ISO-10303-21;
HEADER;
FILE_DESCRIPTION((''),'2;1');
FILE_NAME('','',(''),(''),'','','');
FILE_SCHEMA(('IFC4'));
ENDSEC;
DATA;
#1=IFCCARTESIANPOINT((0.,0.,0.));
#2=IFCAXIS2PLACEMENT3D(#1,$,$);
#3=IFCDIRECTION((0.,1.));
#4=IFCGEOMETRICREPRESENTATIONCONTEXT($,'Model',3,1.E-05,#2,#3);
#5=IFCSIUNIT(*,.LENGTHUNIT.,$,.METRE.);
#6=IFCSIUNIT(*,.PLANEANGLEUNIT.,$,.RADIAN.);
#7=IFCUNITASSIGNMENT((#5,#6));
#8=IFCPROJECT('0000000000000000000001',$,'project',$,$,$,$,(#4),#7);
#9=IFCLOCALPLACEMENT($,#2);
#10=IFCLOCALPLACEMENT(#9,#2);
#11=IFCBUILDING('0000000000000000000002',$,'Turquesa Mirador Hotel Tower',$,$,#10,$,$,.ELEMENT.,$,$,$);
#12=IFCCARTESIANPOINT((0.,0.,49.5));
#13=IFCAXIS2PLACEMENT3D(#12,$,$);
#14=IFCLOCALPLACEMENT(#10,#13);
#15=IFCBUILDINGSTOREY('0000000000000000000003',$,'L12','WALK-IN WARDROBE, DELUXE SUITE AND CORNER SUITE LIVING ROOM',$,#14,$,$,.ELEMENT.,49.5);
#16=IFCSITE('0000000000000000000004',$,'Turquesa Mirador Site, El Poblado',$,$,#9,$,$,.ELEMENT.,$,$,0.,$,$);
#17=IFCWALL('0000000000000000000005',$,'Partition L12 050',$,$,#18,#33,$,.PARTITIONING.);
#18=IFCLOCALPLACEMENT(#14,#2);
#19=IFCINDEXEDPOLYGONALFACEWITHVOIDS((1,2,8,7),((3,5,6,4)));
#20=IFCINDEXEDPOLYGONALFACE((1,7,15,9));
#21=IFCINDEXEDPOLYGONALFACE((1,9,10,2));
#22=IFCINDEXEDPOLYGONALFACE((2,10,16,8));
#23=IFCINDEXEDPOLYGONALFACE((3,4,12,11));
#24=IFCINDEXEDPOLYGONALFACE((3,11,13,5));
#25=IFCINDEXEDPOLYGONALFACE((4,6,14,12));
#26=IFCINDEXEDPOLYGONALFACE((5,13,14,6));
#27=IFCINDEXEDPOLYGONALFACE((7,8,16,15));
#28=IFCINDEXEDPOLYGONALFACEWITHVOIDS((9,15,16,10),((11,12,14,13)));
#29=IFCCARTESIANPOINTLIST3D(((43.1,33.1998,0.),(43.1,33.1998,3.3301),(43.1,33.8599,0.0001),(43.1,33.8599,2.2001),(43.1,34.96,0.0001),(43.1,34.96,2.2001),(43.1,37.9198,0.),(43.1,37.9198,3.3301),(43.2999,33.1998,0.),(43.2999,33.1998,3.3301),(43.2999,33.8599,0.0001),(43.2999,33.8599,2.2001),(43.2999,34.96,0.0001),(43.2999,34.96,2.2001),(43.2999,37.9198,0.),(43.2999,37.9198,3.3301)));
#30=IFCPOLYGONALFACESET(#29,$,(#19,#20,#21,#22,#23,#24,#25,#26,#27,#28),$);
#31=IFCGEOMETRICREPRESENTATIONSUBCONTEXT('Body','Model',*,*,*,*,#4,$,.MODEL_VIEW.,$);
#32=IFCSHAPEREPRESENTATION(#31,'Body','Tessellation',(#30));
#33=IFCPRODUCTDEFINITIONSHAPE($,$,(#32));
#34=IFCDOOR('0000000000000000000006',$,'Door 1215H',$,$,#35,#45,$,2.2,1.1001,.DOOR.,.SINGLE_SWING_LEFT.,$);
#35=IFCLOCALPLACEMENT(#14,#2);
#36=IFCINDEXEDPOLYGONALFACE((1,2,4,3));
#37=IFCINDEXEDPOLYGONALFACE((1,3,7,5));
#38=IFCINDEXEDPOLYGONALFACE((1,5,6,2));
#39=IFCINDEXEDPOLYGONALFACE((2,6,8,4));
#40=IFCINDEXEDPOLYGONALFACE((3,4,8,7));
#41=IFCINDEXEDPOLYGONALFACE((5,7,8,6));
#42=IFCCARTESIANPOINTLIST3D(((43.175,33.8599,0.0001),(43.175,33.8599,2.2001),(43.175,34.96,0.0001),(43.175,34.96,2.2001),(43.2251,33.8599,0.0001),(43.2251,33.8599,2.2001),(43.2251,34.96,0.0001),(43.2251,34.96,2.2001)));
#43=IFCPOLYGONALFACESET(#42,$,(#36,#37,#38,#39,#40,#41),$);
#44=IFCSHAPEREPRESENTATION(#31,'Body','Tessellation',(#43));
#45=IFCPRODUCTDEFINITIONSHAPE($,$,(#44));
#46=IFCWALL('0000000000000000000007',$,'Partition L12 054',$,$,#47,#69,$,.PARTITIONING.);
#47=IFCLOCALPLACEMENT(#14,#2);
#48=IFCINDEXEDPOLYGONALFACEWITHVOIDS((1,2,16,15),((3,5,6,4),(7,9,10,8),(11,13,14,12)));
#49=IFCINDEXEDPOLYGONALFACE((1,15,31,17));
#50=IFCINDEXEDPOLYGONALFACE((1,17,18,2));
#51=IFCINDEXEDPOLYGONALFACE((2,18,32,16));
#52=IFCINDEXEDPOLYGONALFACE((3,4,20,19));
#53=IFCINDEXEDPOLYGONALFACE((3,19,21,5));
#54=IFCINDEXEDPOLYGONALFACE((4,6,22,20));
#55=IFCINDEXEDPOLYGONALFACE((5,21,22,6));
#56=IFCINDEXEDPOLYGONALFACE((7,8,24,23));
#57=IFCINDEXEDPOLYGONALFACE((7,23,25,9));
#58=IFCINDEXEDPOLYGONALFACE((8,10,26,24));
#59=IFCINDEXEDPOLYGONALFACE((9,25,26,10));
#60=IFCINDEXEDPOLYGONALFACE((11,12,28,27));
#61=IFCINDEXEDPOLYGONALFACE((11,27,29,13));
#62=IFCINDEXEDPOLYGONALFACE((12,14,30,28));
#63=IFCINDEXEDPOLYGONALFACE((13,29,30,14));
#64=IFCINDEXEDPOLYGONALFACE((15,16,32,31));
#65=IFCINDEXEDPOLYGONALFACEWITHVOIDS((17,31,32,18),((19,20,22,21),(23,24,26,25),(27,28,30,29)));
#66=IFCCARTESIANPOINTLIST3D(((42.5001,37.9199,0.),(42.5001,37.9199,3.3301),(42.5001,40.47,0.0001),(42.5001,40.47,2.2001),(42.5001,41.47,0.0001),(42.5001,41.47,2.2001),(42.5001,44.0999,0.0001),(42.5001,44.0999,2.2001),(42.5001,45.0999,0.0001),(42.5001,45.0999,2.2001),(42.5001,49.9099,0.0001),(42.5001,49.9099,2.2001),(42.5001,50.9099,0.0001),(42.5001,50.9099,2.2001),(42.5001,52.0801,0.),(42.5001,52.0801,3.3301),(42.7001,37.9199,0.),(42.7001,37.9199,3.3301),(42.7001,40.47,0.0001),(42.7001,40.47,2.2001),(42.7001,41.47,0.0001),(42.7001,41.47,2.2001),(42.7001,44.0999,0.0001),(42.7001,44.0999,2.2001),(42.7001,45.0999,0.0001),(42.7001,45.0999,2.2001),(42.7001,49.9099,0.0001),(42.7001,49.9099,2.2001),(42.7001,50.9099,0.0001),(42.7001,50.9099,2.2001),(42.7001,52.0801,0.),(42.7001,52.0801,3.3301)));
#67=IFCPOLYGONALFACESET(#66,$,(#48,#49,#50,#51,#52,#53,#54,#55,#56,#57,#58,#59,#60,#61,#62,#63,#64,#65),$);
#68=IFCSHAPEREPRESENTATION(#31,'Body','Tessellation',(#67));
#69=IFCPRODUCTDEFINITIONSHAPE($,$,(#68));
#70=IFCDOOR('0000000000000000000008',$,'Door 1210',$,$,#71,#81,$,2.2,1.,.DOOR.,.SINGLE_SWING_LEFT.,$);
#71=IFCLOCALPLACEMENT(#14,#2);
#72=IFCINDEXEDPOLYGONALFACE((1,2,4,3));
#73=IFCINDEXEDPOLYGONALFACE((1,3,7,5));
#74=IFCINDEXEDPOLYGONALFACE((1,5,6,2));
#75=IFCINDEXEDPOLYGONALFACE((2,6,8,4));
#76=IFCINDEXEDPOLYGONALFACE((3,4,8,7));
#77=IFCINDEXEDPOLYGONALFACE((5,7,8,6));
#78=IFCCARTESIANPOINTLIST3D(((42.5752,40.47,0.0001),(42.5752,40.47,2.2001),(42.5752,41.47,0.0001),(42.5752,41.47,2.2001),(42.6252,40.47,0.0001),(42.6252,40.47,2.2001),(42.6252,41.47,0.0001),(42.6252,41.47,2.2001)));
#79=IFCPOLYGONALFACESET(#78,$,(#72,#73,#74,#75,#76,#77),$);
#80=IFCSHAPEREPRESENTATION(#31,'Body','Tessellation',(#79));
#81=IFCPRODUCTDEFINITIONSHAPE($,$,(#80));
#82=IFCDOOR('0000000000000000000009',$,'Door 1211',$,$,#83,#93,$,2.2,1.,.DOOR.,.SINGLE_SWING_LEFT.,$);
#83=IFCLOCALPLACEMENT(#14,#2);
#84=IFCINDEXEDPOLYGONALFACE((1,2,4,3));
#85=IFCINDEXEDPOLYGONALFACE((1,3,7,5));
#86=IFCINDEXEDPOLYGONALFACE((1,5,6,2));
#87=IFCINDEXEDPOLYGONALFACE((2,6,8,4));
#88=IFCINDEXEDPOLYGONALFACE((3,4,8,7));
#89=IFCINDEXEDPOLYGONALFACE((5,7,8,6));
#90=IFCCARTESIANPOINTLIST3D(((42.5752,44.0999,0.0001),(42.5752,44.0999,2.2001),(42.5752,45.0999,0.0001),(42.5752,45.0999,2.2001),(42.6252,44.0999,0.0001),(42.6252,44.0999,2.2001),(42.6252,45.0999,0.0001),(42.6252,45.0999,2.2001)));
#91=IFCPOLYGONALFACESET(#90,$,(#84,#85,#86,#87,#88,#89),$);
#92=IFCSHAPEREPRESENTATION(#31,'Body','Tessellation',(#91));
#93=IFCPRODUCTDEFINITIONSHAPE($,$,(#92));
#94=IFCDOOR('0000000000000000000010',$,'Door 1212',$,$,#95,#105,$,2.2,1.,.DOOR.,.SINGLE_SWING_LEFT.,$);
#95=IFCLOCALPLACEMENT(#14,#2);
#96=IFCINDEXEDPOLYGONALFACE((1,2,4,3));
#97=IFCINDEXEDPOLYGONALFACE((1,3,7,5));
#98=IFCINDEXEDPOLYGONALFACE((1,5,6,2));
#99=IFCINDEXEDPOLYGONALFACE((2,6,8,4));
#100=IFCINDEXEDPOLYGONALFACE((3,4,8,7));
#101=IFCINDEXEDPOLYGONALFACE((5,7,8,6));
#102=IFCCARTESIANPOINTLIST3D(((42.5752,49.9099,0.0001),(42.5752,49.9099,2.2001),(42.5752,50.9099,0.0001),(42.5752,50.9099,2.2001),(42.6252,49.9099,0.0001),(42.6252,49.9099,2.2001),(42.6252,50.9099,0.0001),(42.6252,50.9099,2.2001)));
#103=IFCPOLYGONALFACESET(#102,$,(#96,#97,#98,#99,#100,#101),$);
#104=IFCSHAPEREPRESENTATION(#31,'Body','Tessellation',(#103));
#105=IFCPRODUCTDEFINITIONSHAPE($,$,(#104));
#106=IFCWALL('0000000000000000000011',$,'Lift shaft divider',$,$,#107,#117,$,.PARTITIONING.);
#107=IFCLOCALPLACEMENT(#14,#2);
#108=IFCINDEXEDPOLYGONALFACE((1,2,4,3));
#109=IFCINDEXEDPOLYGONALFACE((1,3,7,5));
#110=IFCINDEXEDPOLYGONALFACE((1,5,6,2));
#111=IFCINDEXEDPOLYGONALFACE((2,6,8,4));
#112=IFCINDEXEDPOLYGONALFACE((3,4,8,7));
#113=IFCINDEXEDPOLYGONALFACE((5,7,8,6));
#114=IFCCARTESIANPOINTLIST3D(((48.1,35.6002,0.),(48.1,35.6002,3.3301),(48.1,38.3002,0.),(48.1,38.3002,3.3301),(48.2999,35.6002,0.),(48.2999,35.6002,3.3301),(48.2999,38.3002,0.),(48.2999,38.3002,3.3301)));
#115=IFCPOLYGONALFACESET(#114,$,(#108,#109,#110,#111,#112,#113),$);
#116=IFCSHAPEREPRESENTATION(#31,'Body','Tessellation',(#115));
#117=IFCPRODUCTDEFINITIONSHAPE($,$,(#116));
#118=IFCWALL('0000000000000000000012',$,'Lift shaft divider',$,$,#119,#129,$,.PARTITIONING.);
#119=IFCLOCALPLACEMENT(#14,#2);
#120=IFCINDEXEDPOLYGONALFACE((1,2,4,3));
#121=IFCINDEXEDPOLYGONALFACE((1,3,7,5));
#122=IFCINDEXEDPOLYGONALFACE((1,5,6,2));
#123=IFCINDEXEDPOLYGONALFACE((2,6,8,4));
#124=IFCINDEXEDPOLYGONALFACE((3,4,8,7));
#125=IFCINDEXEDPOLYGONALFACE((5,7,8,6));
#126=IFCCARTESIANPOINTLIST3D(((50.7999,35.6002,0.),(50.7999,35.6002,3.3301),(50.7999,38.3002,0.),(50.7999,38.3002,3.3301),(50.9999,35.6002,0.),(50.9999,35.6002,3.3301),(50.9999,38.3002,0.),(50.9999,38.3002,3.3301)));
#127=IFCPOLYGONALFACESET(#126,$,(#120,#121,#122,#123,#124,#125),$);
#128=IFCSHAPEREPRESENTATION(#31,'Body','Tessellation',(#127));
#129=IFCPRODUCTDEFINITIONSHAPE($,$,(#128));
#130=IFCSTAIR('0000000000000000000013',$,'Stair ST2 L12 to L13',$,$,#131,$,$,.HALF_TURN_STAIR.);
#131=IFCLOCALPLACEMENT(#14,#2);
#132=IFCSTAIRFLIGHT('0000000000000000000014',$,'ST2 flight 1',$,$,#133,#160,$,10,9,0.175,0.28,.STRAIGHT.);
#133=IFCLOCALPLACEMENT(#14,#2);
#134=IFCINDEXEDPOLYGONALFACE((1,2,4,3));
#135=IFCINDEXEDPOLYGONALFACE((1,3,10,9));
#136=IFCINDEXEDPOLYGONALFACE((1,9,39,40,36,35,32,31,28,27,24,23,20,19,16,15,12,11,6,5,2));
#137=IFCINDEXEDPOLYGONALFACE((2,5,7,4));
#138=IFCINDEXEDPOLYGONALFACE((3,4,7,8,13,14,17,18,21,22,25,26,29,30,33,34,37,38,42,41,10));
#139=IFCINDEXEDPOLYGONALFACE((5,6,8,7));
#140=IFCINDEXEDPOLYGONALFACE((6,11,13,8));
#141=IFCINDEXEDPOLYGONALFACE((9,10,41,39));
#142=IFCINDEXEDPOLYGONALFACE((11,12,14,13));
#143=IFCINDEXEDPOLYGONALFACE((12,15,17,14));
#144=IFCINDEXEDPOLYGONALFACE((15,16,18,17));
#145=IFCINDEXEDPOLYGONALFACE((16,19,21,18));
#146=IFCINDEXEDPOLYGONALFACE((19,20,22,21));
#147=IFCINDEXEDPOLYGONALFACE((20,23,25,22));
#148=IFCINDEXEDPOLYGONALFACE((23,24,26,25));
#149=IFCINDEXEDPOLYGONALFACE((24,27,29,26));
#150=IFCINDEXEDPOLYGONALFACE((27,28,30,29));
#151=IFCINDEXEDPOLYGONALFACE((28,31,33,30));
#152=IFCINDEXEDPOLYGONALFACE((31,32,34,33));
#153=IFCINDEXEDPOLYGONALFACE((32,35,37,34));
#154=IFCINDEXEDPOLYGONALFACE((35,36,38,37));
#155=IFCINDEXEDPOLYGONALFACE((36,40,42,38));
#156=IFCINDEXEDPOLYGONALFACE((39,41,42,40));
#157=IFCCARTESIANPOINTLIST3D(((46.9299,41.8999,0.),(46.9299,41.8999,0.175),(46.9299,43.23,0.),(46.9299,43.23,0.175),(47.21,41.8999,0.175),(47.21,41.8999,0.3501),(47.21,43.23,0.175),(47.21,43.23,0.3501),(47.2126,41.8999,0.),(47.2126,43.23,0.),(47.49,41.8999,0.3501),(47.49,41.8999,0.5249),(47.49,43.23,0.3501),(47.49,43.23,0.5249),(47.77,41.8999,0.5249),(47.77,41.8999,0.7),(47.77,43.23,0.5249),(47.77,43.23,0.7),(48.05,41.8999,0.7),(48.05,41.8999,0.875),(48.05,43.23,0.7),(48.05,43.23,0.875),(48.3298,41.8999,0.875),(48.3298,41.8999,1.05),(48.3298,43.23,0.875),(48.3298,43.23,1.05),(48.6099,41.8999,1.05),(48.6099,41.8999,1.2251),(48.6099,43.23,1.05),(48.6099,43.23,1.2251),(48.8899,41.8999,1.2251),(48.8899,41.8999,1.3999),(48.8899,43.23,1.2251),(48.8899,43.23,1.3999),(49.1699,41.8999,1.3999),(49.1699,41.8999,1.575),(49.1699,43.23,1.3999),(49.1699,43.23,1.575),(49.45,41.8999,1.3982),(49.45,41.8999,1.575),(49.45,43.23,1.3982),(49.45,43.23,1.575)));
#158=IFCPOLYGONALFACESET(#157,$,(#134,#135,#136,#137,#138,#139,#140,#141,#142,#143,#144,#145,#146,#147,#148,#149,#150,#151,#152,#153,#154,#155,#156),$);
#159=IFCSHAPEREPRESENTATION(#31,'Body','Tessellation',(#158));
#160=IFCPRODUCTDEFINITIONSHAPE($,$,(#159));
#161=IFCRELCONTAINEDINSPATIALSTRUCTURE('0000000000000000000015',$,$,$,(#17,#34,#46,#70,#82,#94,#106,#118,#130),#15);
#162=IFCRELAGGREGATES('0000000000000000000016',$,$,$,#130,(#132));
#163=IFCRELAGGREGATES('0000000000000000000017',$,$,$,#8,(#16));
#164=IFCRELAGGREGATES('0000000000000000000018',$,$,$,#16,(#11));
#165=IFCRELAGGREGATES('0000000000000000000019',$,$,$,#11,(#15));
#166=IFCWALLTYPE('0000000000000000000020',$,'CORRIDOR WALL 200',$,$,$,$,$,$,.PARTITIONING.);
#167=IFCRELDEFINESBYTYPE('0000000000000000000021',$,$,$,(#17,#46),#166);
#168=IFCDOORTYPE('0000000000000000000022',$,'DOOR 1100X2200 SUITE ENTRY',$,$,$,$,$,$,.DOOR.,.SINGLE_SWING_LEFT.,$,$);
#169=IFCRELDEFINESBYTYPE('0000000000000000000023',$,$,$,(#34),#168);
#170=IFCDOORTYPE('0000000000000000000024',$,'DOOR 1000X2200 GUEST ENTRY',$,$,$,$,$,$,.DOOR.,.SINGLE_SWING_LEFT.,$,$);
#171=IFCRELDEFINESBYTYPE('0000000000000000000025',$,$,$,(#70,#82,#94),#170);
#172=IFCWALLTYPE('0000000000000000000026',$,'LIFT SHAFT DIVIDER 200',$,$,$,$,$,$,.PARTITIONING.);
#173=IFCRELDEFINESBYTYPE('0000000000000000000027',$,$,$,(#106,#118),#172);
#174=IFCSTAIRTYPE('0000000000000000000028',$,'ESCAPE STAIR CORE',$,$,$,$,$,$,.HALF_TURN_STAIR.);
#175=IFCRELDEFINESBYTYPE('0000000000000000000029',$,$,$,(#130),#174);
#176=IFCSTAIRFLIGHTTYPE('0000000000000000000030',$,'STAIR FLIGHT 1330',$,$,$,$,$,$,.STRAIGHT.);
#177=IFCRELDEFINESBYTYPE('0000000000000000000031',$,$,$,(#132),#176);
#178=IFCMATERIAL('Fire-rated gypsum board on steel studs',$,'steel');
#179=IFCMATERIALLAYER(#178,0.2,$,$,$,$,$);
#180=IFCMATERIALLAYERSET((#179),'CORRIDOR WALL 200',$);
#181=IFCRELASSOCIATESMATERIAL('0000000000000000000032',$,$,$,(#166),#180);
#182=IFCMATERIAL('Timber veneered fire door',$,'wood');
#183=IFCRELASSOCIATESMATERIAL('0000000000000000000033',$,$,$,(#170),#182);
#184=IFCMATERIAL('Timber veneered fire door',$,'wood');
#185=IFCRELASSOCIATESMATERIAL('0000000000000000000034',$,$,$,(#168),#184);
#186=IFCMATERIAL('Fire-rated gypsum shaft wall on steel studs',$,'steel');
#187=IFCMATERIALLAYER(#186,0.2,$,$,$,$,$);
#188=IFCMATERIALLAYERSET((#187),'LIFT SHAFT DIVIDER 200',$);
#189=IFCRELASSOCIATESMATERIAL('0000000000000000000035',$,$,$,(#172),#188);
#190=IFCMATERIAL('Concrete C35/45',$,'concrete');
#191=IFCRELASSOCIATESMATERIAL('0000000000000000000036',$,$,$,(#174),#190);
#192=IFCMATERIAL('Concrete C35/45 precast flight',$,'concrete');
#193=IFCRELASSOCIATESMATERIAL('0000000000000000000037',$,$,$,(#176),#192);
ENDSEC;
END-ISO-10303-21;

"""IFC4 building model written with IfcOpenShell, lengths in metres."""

from ifc_helpers import new_model, si_unit, direction, frame, frame_2d, origin, place, context, subcontext, project, spatial, polyline, rectangle, outline, extrude, material, layer, layer_set, type_object, element, fill, aggregate, save


model = new_model("IFC4")

# Units and contexts
model_context = context("Model", 3, precision=1e-05, world=origin(), true_north=direction((0.0, 1.0)))
body_context = subcontext(model_context, "Body", "Model", "MODEL_VIEW")
ifc_project = project(units=[si_unit("LENGTHUNIT", "METRE"), si_unit("PLANEANGLEUNIT", "RADIAN")], contexts=[model_context])

# Site, building, storey
site_placement = place(None, origin())
site = spatial("IfcSite", under=ifc_project, at=site_placement, Name="Turquesa Mirador Site, El Poblado", CompositionType="ELEMENT", RefElevation=0.0)
building_placement = place(site_placement, origin())
building = spatial("IfcBuilding", under=site, at=building_placement, Name="Turquesa Mirador Hotel Tower", CompositionType="ELEMENT")
storey_placement = place(building_placement, frame((0.0, 0.0, 49.5)))
storey = spatial("IfcBuildingStorey", under=building, at=storey_placement, Name="L12", Description="WALK-IN WARDROBE, DELUXE SUITE AND CORNER SUITE LIVING ROOM", CompositionType="ELEMENT", Elevation=49.5)

# Shared definitions
ifc_material_1 = material(Name="Fire-rated gypsum board on steel studs", Category="steel")
ifc_layer_1 = layer(ifc_material_1, 0.2)
ifc_layer_set_1 = layer_set([ifc_layer_1], Name="CORRIDOR WALL 200")
wall_type_1 = type_object("IfcWallType", Name="CORRIDOR WALL 200", PredefinedType="PARTITIONING", material=ifc_layer_set_1)
ifc_material_2 = material(Name="Timber veneered fire door", Category="wood")
door_type_1 = type_object("IfcDoorType", Name="DOOR 1000X2200 GUEST ENTRY", OperationType="SINGLE_SWING_LEFT", PredefinedType="DOOR", material=ifc_material_2)

# Wall, opening, door
wall_1_placement = place(storey_placement, frame((43.2, 33.2, 0.0), z_axis=(0.0, 0.0, 1.0), x_axis=(0.0, 1.0, 0.0)))
wall_1 = element("IfcWall", 1, at=wall_1_placement, inside=storey, type_object=wall_type_1, Name="Partition L12 050", PredefinedType="PARTITIONING", context=body_context, shape_type="SweptSolid", body=[
    extrude(rectangle(XDim=4.72, YDim=0.2, at=frame_2d((2.3599, 0.0))), origin(), (0.0, 0.0, 1.0), 3.3301),
])
opening_1_placement = place(wall_1_placement, frame((0.6599, 0.0, 0.0)))
opening_1 = element("IfcOpeningElement", 2, at=opening_1_placement, cuts=wall_1, PredefinedType="OPENING", context=body_context, shape_type="SweptSolid", body=[
    extrude(rectangle(XDim=1.1001, YDim=2.2, at=frame_2d((0.55, 1.1001))), frame((0.0, 0.1099, 0.0), z_axis=(0.0, -1.0, 0.0), x_axis=(1.0, 0.0, 0.0)), (0.0, 0.0, 1.0), 0.22),
])
ifc_material_3 = material(Name="Timber veneered fire door", Category="wood")
door_type_2 = type_object("IfcDoorType", Name="DOOR 1100X2200 SUITE ENTRY", OperationType="SINGLE_SWING_LEFT", PredefinedType="DOOR", material=ifc_material_3)
door_1_placement = place(opening_1_placement, origin())
door_1 = element("IfcDoor", 3, at=door_1_placement, inside=storey, type_object=door_type_2, Name="Door 1215H", OperationType="SINGLE_SWING_LEFT", OverallHeight=2.2, OverallWidth=1.1001, PredefinedType="DOOR", context=body_context, shape_type="SweptSolid", body=[
    extrude(rectangle(XDim=1.1001, YDim=2.2, at=frame_2d((0.55, 1.1001))), frame((0.0, 0.0249, 0.0), z_axis=(0.0, -1.0, 0.0), x_axis=(1.0, 0.0, 0.0)), (0.0, 0.0, 1.0), 0.05),
])
fill(opening_1, door_1)

# Wall, openings, doors
wall_2_placement = place(storey_placement, frame((42.6001, 37.9199, 0.0), z_axis=(0.0, 0.0, 1.0), x_axis=(0.0, 1.0, 0.0)))
wall_2 = element("IfcWall", 4, at=wall_2_placement, inside=storey, type_object=wall_type_1, Name="Partition L12 054", PredefinedType="PARTITIONING", context=body_context, shape_type="SweptSolid", body=[
    extrude(rectangle(XDim=14.1602, YDim=0.2, at=frame_2d((7.0801, 0.0))), origin(), (0.0, 0.0, 1.0), 3.3301),
])
opening_2_placement = place(wall_2_placement, frame((2.55, 0.0, 0.0)))
opening_2 = element("IfcOpeningElement", 5, at=opening_2_placement, cuts=wall_2, PredefinedType="OPENING", context=body_context, shape_type="SweptSolid", body=[
    extrude(rectangle(XDim=1.0, YDim=2.2, at=frame_2d((0.5, 1.1001))), frame((0.0, 0.1099, 0.0), z_axis=(0.0, -1.0, 0.0), x_axis=(1.0, 0.0, 0.0)), (0.0, 0.0, 1.0), 0.22),
])
opening_3_placement = place(wall_2_placement, frame((6.1799, 0.0, 0.0)))
opening_3 = element("IfcOpeningElement", 6, at=opening_3_placement, cuts=wall_2, PredefinedType="OPENING", context=body_context, shape_type="SweptSolid", body=[
    extrude(rectangle(XDim=1.0, YDim=2.2, at=frame_2d((0.5, 1.1001))), frame((0.0, 0.1099, 0.0), z_axis=(0.0, -1.0, 0.0), x_axis=(1.0, 0.0, 0.0)), (0.0, 0.0, 1.0), 0.22),
])
opening_4_placement = place(wall_2_placement, frame((11.99, 0.0, 0.0)))
opening_4 = element("IfcOpeningElement", 7, at=opening_4_placement, cuts=wall_2, PredefinedType="OPENING", context=body_context, shape_type="SweptSolid", body=[
    extrude(rectangle(XDim=1.0, YDim=2.2, at=frame_2d((0.5, 1.1001))), frame((0.0, 0.1099, 0.0), z_axis=(0.0, -1.0, 0.0), x_axis=(1.0, 0.0, 0.0)), (0.0, 0.0, 1.0), 0.22),
])
door_2_placement = place(opening_2_placement, origin())
door_2 = element("IfcDoor", 8, at=door_2_placement, inside=storey, type_object=door_type_1, Name="Door 1210", OperationType="SINGLE_SWING_LEFT", OverallHeight=2.2, OverallWidth=1.0, PredefinedType="DOOR", context=body_context, shape_type="SweptSolid", body=[
    extrude(rectangle(XDim=1.0, YDim=2.2, at=frame_2d((0.5, 1.1001))), frame((0.0, 0.0249, 0.0), z_axis=(0.0, -1.0, 0.0), x_axis=(1.0, 0.0, 0.0)), (0.0, 0.0, 1.0), 0.05),
])
fill(opening_2, door_2)
door_3_placement = place(opening_3_placement, origin())
door_3 = element("IfcDoor", 9, at=door_3_placement, inside=storey, type_object=door_type_1, Name="Door 1211", OperationType="SINGLE_SWING_LEFT", OverallHeight=2.2, OverallWidth=1.0, PredefinedType="DOOR", context=body_context, shape_type="SweptSolid", body=[
    extrude(rectangle(XDim=1.0, YDim=2.2, at=frame_2d((0.5, 1.1001))), frame((0.0, 0.0249, 0.0), z_axis=(0.0, -1.0, 0.0), x_axis=(1.0, 0.0, 0.0)), (0.0, 0.0, 1.0), 0.05),
])
fill(opening_3, door_3)
door_4_placement = place(opening_4_placement, origin())
door_4 = element("IfcDoor", 10, at=door_4_placement, inside=storey, type_object=door_type_1, Name="Door 1212", OperationType="SINGLE_SWING_LEFT", OverallHeight=2.2, OverallWidth=1.0, PredefinedType="DOOR", context=body_context, shape_type="SweptSolid", body=[
    extrude(rectangle(XDim=1.0, YDim=2.2, at=frame_2d((0.5, 1.1001))), frame((0.0, 0.0249, 0.0), z_axis=(0.0, -1.0, 0.0), x_axis=(1.0, 0.0, 0.0)), (0.0, 0.0, 1.0), 0.05),
])
fill(opening_4, door_4)

# Walls
ifc_material_4 = material(Name="Fire-rated gypsum shaft wall on steel studs", Category="steel")
ifc_layer_2 = layer(ifc_material_4, 0.2)
ifc_layer_set_2 = layer_set([ifc_layer_2], Name="LIFT SHAFT DIVIDER 200")
wall_type_2 = type_object("IfcWallType", Name="LIFT SHAFT DIVIDER 200", PredefinedType="PARTITIONING", material=ifc_layer_set_2)
for number, where, z_axis, x_axis, name in (
    (11, (48.2, 35.6001, 0.0), (0.0, 0.0, 1.0), (0.0, 1.0, 0.0), "Lift shaft divider"),
    (12, (50.8999, 35.6001, 0.0), (0.0, 0.0, 1.0), (0.0, 1.0, 0.0), "Lift shaft divider"),
):
    element("IfcWall", number, at=place(storey_placement, frame(where, z_axis=z_axis, x_axis=x_axis)), inside=storey, type_object=wall_type_2, Name=name, PredefinedType="PARTITIONING", context=body_context, shape_type="SweptSolid", body=[
        extrude(rectangle(XDim=2.7, YDim=0.2, at=frame_2d((1.3501, 0.0))), origin(), (0.0, 0.0, 1.0), 3.3301),
    ])

# Stair, stair flight
ifc_material_5 = material(Name="Concrete C35/45", Category="concrete")
stair_type = type_object("IfcStairType", Name="ESCAPE STAIR CORE", PredefinedType="HALF_TURN_STAIR", material=ifc_material_5)
stair_placement = place(storey_placement, origin())
stair = element("IfcStair", 13, at=stair_placement, inside=storey, type_object=stair_type, Name="Stair ST2 L12 to L13", PredefinedType="HALF_TURN_STAIR")
ifc_material_6 = material(Name="Concrete C35/45 precast flight", Category="concrete")
stair_flight_type = type_object("IfcStairFlightType", Name="STAIR FLIGHT 1330", PredefinedType="STRAIGHT", material=ifc_material_6)
stair_flight_placement = place(storey_placement, frame((46.9299, 42.5649, 0.0), z_axis=(0.0, 0.0, 1.0), x_axis=(1.0, 0.0, 0.0)))
stair_flight = element("IfcStairFlight", 14, at=stair_flight_placement, type_object=stair_flight_type, Name="ST2 flight 1", NumberOfRisers=10, NumberOfTreads=9, PredefinedType="STRAIGHT", RiserHeight=0.175, TreadLength=0.28, context=body_context, shape_type="SweptSolid", body=[
    extrude(outline(polyline([(0.0, 0.0), (0.0, 0.175), (0.28, 0.175), (0.28, 0.3501), (0.5601, 0.3501), (0.5601, 0.5249), (0.8401, 0.5249), (0.8401, 0.7), (1.1201, 0.7), (1.1201, 0.875), (1.3999, 0.875), (1.3999, 1.05), (1.6799, 1.05), (1.6799, 1.2251), (1.96, 1.2251), (1.96, 1.3999), (2.24, 1.3999), (2.24, 1.575), (2.52, 1.575), (2.52, 1.75), (2.52, 1.3982), (0.2827, 0.0), (0.0, 0.0)])), frame((0.0, 0.665, 0.0), z_axis=(0.0, -1.0, 0.0), x_axis=(1.0, 0.0, 0.0)), (0.0, 0.0, 1.0), 1.3301),
])
aggregate(stair, [stair_flight])

save(model, "model.ifc")
